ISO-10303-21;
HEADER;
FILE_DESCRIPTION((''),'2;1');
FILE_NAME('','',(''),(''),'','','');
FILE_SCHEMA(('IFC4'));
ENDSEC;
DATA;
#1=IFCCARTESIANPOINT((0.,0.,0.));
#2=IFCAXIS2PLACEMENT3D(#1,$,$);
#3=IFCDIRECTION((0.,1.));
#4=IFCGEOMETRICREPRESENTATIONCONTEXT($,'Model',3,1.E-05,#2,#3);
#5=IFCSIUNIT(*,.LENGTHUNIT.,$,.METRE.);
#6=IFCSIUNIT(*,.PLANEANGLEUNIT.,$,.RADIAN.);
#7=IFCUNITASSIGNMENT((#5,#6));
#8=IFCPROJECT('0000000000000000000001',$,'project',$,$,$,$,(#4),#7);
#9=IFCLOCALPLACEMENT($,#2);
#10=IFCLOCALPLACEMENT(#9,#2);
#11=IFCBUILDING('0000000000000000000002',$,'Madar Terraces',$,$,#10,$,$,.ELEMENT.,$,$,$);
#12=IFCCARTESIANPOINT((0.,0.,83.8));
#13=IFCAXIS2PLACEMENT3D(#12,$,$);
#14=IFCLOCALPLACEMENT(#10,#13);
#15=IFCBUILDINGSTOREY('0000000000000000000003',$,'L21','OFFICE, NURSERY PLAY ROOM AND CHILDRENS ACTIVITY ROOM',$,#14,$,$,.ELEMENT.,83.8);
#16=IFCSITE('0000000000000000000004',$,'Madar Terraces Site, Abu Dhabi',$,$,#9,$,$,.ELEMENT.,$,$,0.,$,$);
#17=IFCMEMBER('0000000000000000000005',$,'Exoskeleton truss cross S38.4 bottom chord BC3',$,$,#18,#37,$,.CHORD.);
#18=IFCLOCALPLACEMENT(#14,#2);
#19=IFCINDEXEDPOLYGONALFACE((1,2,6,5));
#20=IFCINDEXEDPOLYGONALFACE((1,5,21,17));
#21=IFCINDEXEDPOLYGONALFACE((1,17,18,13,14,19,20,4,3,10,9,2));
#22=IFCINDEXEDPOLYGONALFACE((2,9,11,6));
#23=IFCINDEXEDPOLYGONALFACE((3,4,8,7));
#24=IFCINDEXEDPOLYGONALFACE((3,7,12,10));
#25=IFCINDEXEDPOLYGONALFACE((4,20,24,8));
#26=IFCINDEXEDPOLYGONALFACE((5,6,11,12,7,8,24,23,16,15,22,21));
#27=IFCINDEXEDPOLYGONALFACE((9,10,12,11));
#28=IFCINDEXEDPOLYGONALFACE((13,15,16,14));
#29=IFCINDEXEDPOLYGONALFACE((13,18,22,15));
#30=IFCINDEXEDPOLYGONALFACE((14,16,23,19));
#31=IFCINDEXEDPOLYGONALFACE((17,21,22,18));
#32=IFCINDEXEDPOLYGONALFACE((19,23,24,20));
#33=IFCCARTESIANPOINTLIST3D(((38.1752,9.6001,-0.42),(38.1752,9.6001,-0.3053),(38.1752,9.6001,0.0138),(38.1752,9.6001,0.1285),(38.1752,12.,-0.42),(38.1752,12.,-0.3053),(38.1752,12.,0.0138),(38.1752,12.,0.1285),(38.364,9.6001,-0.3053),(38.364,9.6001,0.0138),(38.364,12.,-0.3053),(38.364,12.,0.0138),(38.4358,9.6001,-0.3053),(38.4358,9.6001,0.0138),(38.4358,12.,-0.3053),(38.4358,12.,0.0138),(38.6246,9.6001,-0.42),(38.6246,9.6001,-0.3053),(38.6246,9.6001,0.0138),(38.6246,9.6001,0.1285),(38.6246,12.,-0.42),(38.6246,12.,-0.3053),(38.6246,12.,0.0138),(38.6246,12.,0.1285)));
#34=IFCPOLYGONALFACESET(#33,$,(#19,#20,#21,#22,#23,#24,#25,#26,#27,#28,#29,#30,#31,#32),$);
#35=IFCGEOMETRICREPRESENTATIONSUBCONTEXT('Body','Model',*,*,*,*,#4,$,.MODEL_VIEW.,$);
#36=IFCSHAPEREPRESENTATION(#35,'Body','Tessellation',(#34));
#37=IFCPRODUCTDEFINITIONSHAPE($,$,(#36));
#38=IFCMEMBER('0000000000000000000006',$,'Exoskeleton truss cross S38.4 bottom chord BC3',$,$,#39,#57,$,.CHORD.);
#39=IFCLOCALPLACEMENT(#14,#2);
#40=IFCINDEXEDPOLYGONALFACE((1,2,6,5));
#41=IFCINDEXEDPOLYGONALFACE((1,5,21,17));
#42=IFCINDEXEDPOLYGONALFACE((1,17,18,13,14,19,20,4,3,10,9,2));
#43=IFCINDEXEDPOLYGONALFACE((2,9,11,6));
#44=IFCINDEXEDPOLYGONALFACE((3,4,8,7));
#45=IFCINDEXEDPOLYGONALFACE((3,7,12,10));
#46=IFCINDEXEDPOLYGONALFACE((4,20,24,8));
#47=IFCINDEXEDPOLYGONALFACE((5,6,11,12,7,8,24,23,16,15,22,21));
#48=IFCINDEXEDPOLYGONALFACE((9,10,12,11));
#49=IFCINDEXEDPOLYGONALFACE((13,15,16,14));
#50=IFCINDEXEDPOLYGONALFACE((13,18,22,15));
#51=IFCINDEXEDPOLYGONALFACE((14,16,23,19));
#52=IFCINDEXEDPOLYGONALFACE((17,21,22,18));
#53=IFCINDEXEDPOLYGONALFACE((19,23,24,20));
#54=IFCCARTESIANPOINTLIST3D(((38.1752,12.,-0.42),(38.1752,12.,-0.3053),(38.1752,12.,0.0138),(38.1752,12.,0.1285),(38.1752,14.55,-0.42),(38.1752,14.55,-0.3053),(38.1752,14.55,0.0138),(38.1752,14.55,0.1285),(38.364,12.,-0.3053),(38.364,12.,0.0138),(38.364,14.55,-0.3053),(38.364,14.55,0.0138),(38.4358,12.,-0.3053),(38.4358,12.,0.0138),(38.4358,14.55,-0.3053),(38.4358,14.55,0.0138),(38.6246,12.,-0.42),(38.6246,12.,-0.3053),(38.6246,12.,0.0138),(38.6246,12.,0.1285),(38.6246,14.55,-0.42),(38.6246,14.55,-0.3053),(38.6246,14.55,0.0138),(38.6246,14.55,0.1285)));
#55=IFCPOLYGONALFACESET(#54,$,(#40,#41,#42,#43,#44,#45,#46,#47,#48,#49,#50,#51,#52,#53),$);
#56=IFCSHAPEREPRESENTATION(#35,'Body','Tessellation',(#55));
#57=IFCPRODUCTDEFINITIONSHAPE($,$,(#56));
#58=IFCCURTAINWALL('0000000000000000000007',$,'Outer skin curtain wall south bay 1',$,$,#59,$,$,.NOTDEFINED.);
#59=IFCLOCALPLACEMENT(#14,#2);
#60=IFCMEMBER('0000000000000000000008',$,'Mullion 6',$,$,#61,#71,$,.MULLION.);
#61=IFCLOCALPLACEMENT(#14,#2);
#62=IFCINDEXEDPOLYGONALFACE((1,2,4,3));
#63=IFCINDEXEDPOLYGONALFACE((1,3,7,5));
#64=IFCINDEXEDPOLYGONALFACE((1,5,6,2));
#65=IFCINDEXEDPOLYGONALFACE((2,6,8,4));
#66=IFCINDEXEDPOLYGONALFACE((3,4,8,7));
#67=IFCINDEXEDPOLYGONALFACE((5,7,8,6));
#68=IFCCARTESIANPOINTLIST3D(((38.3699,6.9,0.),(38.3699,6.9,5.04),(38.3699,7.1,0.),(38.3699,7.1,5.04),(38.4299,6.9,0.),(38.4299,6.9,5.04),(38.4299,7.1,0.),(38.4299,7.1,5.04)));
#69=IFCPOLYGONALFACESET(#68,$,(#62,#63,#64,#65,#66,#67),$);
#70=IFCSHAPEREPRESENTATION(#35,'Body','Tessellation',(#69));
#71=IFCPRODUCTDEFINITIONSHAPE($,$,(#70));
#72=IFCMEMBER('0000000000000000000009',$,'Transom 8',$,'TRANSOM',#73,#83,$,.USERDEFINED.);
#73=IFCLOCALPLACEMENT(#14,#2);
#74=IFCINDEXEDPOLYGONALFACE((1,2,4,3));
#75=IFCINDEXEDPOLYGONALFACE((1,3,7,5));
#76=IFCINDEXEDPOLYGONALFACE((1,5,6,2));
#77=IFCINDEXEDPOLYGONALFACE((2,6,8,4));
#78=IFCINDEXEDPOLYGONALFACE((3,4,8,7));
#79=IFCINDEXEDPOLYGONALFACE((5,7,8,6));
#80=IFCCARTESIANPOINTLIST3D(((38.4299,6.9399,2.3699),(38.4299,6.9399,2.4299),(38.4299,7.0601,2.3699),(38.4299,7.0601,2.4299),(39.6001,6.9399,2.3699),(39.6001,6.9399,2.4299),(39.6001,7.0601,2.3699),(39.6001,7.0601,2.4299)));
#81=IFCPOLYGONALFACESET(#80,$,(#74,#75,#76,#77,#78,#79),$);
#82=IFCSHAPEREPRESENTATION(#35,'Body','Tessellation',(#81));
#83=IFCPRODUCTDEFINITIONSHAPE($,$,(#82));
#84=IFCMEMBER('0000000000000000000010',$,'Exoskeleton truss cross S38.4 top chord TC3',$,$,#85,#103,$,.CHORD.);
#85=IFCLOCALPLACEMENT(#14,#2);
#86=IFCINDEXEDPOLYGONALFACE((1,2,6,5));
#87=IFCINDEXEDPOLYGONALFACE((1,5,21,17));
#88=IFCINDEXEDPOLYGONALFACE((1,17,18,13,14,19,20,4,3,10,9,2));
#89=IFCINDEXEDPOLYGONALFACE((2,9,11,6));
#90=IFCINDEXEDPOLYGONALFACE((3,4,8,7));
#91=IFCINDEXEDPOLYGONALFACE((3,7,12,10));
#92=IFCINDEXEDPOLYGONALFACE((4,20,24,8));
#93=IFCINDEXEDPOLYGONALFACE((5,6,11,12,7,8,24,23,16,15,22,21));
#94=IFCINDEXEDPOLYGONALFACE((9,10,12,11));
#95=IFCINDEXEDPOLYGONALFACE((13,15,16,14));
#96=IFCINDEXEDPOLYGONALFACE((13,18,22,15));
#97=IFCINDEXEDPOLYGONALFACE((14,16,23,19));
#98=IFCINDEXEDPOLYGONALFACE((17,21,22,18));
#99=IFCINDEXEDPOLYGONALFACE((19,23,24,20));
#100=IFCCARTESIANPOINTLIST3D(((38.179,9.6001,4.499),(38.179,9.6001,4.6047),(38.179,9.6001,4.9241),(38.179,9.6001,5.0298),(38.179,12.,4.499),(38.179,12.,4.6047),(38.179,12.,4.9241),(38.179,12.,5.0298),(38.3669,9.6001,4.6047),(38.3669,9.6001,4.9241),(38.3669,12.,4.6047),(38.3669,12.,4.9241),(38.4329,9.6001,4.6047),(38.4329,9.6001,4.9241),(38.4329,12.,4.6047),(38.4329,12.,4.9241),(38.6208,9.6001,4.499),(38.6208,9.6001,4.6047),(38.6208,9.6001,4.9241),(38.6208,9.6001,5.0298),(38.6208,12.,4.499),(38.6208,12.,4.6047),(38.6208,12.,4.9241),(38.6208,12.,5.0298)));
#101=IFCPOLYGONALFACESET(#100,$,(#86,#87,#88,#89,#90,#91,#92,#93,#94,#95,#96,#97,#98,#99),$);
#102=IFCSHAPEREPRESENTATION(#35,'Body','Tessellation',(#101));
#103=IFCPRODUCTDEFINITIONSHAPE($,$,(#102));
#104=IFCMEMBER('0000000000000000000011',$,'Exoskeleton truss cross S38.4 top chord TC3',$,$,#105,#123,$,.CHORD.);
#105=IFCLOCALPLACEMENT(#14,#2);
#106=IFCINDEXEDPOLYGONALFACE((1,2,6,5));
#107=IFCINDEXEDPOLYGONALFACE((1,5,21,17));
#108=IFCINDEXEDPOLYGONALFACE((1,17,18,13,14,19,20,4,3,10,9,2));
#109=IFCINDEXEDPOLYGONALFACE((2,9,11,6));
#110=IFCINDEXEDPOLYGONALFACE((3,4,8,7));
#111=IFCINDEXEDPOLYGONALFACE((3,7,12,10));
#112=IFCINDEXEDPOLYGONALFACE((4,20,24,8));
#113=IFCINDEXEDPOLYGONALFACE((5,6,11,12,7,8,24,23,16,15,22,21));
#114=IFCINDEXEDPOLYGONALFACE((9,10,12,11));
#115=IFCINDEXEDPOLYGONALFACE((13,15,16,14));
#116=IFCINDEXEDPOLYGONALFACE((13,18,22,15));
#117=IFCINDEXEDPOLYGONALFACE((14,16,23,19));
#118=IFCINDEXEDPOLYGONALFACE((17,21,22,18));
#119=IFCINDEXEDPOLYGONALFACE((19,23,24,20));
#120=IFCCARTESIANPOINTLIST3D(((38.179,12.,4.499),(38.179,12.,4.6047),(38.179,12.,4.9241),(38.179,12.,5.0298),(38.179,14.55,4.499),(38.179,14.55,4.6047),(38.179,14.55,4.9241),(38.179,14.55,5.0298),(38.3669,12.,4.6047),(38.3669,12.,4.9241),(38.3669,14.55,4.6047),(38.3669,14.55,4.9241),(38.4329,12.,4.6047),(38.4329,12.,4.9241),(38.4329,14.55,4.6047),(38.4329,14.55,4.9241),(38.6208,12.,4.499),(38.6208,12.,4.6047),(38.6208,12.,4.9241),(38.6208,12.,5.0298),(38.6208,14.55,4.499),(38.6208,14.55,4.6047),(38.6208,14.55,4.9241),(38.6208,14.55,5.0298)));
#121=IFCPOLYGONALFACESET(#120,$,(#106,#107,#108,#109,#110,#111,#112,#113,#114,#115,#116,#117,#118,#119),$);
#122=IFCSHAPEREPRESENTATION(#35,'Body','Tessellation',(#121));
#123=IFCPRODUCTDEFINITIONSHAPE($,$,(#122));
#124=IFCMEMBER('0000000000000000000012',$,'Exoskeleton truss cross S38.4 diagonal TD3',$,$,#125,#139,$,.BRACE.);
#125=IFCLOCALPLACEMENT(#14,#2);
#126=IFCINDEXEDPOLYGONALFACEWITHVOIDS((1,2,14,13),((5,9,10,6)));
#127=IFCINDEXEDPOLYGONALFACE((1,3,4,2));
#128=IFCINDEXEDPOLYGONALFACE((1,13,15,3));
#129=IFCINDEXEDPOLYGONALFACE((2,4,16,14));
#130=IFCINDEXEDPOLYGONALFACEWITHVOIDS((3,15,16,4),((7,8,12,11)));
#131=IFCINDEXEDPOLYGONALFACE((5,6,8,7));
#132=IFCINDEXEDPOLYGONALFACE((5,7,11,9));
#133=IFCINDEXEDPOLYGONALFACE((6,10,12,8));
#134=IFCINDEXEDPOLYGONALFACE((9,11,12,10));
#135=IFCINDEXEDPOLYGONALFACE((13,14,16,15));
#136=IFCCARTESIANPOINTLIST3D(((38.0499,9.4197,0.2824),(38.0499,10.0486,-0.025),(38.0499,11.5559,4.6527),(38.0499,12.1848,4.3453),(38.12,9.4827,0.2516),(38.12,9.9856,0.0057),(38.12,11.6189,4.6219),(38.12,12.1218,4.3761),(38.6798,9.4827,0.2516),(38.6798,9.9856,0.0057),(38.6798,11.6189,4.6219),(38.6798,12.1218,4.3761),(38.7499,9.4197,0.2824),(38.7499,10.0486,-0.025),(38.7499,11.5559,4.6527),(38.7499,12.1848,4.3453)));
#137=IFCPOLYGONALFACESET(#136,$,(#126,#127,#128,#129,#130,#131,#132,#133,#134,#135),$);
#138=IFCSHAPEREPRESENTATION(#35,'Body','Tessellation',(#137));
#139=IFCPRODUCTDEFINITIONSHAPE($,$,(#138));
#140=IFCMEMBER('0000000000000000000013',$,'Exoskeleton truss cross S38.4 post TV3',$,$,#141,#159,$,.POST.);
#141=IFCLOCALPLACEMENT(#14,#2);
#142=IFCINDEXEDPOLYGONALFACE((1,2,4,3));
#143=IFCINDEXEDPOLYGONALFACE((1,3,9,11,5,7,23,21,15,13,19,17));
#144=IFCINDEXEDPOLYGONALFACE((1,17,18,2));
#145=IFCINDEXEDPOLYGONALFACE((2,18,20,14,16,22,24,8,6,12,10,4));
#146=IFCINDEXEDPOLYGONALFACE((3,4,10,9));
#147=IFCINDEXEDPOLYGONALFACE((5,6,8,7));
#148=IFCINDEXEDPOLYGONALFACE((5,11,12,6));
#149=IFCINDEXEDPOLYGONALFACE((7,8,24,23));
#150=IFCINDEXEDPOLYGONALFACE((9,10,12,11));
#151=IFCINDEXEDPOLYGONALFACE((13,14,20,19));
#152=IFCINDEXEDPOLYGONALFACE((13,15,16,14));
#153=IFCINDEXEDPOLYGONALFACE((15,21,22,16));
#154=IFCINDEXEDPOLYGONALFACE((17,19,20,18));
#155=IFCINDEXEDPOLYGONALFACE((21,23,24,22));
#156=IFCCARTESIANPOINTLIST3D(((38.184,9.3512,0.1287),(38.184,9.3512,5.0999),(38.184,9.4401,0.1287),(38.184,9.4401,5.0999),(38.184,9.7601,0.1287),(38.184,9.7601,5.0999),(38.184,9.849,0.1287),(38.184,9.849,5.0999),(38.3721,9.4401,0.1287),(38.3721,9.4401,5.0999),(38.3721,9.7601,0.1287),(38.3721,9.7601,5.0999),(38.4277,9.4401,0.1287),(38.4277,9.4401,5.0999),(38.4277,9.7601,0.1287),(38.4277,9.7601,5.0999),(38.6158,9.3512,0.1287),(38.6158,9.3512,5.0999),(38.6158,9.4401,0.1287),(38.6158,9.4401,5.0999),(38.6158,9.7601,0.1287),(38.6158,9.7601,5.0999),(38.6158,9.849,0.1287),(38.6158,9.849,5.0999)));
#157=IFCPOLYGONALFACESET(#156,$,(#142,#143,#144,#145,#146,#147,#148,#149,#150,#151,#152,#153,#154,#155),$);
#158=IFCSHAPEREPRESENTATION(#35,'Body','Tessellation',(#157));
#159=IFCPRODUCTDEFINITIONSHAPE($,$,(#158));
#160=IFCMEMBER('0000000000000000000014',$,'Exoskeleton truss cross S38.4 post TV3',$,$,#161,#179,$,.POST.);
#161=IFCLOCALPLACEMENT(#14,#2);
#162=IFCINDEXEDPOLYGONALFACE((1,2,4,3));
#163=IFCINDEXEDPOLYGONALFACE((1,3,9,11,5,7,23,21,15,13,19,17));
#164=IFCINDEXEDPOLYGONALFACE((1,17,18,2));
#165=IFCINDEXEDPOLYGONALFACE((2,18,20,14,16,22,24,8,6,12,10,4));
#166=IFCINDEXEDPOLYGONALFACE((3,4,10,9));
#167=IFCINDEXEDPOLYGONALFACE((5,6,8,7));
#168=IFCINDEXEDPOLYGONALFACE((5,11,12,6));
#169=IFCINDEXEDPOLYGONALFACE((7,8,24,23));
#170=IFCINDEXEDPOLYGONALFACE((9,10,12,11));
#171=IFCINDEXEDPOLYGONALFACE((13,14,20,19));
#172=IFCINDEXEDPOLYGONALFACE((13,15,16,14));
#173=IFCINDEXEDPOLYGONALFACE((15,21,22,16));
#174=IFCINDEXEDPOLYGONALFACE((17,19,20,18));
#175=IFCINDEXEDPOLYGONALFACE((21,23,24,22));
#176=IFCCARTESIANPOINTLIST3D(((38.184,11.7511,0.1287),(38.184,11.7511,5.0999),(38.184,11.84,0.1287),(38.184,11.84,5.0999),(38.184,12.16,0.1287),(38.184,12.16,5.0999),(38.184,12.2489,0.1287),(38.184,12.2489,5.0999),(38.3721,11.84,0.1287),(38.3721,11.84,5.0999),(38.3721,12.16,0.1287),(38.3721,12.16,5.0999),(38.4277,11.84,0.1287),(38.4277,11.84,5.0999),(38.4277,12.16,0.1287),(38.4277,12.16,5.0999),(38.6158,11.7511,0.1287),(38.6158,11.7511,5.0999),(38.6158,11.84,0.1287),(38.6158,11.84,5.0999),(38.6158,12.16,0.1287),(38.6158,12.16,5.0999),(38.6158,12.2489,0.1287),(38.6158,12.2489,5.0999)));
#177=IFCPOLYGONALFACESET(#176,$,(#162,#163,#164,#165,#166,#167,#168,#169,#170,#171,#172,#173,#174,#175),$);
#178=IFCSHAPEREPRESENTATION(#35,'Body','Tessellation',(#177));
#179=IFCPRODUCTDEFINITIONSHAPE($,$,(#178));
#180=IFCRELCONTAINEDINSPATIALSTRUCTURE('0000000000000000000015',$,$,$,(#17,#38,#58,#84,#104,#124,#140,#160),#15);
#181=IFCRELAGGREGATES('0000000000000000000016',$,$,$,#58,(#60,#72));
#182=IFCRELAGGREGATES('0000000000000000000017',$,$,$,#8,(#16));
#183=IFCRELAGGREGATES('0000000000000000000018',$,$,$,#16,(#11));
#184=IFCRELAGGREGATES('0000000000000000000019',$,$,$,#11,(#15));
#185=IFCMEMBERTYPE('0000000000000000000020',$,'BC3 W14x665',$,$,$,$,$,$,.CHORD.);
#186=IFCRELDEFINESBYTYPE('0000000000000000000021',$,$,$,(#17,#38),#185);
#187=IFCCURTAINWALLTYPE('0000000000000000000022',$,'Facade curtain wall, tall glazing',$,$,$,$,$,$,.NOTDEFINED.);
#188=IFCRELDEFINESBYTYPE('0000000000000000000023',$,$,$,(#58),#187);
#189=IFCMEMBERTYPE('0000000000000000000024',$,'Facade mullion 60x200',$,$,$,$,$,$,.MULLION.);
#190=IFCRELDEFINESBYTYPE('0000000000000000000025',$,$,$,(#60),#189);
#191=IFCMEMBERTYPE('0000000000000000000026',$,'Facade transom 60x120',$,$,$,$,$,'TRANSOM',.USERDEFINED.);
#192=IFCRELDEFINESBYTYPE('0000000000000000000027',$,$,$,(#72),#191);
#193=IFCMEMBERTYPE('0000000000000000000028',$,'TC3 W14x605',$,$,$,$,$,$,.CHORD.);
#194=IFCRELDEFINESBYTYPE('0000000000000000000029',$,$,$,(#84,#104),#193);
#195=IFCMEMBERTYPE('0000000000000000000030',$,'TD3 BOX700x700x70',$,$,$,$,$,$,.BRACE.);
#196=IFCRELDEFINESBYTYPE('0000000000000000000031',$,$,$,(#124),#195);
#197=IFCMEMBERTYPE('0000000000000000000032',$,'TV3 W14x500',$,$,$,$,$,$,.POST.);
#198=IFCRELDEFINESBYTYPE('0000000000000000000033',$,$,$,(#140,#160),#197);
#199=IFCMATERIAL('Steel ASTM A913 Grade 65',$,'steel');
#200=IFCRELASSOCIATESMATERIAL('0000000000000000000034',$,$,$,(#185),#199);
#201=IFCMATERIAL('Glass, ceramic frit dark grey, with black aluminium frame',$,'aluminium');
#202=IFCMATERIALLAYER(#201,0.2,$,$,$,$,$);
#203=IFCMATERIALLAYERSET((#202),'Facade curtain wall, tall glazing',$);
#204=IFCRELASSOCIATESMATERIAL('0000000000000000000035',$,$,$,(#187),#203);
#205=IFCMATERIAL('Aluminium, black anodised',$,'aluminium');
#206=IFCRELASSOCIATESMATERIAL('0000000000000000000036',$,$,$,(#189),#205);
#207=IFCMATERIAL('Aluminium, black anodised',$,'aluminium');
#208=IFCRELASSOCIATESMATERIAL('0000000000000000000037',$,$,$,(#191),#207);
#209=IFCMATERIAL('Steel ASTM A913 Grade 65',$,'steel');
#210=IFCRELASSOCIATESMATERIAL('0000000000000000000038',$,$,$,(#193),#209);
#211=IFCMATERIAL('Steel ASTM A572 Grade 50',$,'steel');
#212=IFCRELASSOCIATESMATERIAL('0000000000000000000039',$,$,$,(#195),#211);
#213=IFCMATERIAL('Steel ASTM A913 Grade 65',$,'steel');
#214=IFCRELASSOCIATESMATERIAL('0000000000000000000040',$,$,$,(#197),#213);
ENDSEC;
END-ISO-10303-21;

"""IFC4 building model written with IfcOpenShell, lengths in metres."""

from ifc_helpers import new_model, si_unit, direction, frame, origin, origin_2d, place, context, subcontext, project, spatial, rectangle, hollow_rectangle, i_section, extrude, material, layer, layer_set, material_profile, profile_set, type_object, element, aggregate, save


model = new_model("IFC4")

# Units and contexts
model_context = context("Model", 3, precision=1e-05, world=origin(), true_north=direction((0.0, 1.0)))
body_context = subcontext(model_context, "Body", "Model", "MODEL_VIEW")
ifc_project = project(units=[si_unit("LENGTHUNIT", "METRE"), si_unit("PLANEANGLEUNIT", "RADIAN")], contexts=[model_context])

# Site, building, storey
site_placement = place(None, origin())
site = spatial("IfcSite", under=ifc_project, at=site_placement, Name="Madar Terraces Site, Abu Dhabi", CompositionType="ELEMENT", RefElevation=0.0)
building_placement = place(site_placement, origin())
building = spatial("IfcBuilding", under=site, at=building_placement, Name="Madar Terraces", CompositionType="ELEMENT")
storey_placement = place(building_placement, frame((0.0, 0.0, 83.8)))
storey = spatial("IfcBuildingStorey", under=building, at=storey_placement, Name="L21", Description="OFFICE, NURSERY PLAY ROOM AND CHILDRENS ACTIVITY ROOM", CompositionType="ELEMENT", Elevation=83.8)

# Members
ifc_material_1 = material(Name="Steel ASTM A913 Grade 65", Category="steel")
ifc_material_profile_1 = material_profile(ifc_material_1, i_section(OverallWidth=0.4495, OverallDepth=0.5486, WebThickness=0.0718, FlangeThickness=0.1147, at=origin_2d()), Name="W14x665")
ifc_profile_set_1 = profile_set([ifc_material_profile_1], Name="Steel ASTM A913 Grade 65")
member_type_1 = type_object("IfcMemberType", Name="BC3 W14x665", PredefinedType="CHORD", material=ifc_profile_set_1)
member_1_placement = place(storey_placement, frame((38.3999, 9.6001, -0.1458), z_axis=(0.0, 1.0, 0.0), x_axis=(-1.0, 0.0, 0.0)))
element("IfcMember", 1, at=member_1_placement, inside=storey, type_object=member_type_1, Name="Exoskeleton truss cross S38.4 bottom chord BC3", PredefinedType="CHORD", context=body_context, shape_type="SweptSolid", body=[
    extrude(i_section(OverallWidth=0.4495, OverallDepth=0.5486, WebThickness=0.0718, FlangeThickness=0.1147, at=origin_2d()), origin(), (0.0, 0.0, 1.0), 2.3999),
])
member_2_placement = place(storey_placement, frame((38.3999, 12.0, -0.1458), z_axis=(0.0, 1.0, 0.0), x_axis=(-1.0, 0.0, 0.0)))
element("IfcMember", 2, at=member_2_placement, inside=storey, type_object=member_type_1, Name="Exoskeleton truss cross S38.4 bottom chord BC3", PredefinedType="CHORD", context=body_context, shape_type="SweptSolid", body=[
    extrude(i_section(OverallWidth=0.4495, OverallDepth=0.5486, WebThickness=0.0718, FlangeThickness=0.1147, at=origin_2d()), origin(), (0.0, 0.0, 1.0), 2.55),
])

# Curtain wall, members
ifc_material_2 = material(Name="Glass, ceramic frit dark grey, with black aluminium frame", Category="aluminium")
ifc_layer_1 = layer(ifc_material_2, 0.2)
ifc_layer_set_1 = layer_set([ifc_layer_1], Name="Facade curtain wall, tall glazing")
curtain_wall_type = type_object("IfcCurtainWallType", Name="Facade curtain wall, tall glazing", PredefinedType="NOTDEFINED", material=ifc_layer_set_1)
curtain_wall_placement = place(storey_placement, origin())
curtain_wall = element("IfcCurtainWall", 3, at=curtain_wall_placement, inside=storey, type_object=curtain_wall_type, Name="Outer skin curtain wall south bay 1", PredefinedType="NOTDEFINED")
ifc_material_3 = material(Name="Aluminium, black anodised", Category="aluminium")
ifc_material_profile_2 = material_profile(ifc_material_3, rectangle(XDim=0.2, YDim=0.0601, at=origin_2d()), Name="Facade mullion 60x200")
ifc_profile_set_2 = profile_set([ifc_material_profile_2], Name="Aluminium, black anodised")
member_type_2 = type_object("IfcMemberType", Name="Facade mullion 60x200", PredefinedType="MULLION", material=ifc_profile_set_2)
member_3_placement = place(storey_placement, frame((38.3999, 7.0, 0.0), z_axis=(0.0, 0.0, 1.0), x_axis=(0.0, 1.0, 0.0)))
member_3 = element("IfcMember", 4, at=member_3_placement, type_object=member_type_2, Name="Mullion 6", PredefinedType="MULLION", context=body_context, shape_type="SweptSolid", body=[
    extrude(rectangle(XDim=0.2, YDim=0.0601, at=origin_2d()), origin(), (0.0, 0.0, 1.0), 5.04),
])
ifc_material_4 = material(Name="Aluminium, black anodised", Category="aluminium")
ifc_material_profile_3 = material_profile(ifc_material_4, rectangle(XDim=0.1201, YDim=0.0601, at=origin_2d()), Name="Facade transom 60x120")
ifc_profile_set_3 = profile_set([ifc_material_profile_3], Name="Aluminium, black anodised")
member_type_3 = type_object("IfcMemberType", Name="Facade transom 60x120", ElementType="TRANSOM", PredefinedType="USERDEFINED", material=ifc_profile_set_3)
member_4_placement = place(storey_placement, frame((38.4299, 7.0, 2.3999), z_axis=(1.0, 0.0, 0.0), x_axis=(0.0, 1.0, 0.0)))
member_4 = element("IfcMember", 5, at=member_4_placement, type_object=member_type_3, Name="Transom 8", ObjectType="TRANSOM", PredefinedType="USERDEFINED", context=body_context, shape_type="SweptSolid", body=[
    extrude(rectangle(XDim=0.1201, YDim=0.0601, at=origin_2d()), origin(), (0.0, 0.0, 1.0), 1.1702),
])

# Members
ifc_material_5 = material(Name="Steel ASTM A913 Grade 65", Category="steel")
ifc_material_profile_4 = material_profile(ifc_material_5, i_section(OverallWidth=0.4419, OverallDepth=0.5308, WebThickness=0.0659, FlangeThickness=0.1057, at=origin_2d()), Name="W14x605")
ifc_profile_set_4 = profile_set([ifc_material_profile_4], Name="Steel ASTM A913 Grade 65")
member_type_4 = type_object("IfcMemberType", Name="TC3 W14x605", PredefinedType="CHORD", material=ifc_profile_set_4)
member_5_placement = place(storey_placement, frame((38.3999, 9.6001, 4.7644), z_axis=(0.0, 1.0, 0.0), x_axis=(-1.0, 0.0, 0.0)))
element("IfcMember", 6, at=member_5_placement, inside=storey, type_object=member_type_4, Name="Exoskeleton truss cross S38.4 top chord TC3", PredefinedType="CHORD", context=body_context, shape_type="SweptSolid", body=[
    extrude(i_section(OverallWidth=0.4419, OverallDepth=0.5308, WebThickness=0.0659, FlangeThickness=0.1057, at=origin_2d()), origin(), (0.0, 0.0, 1.0), 2.3999),
])
member_6_placement = place(storey_placement, frame((38.3999, 12.0, 4.7644), z_axis=(0.0, 1.0, 0.0), x_axis=(-1.0, 0.0, 0.0)))
element("IfcMember", 7, at=member_6_placement, inside=storey, type_object=member_type_4, Name="Exoskeleton truss cross S38.4 top chord TC3", PredefinedType="CHORD", context=body_context, shape_type="SweptSolid", body=[
    extrude(i_section(OverallWidth=0.4419, OverallDepth=0.5308, WebThickness=0.0659, FlangeThickness=0.1057, at=origin_2d()), origin(), (0.0, 0.0, 1.0), 2.55),
])
ifc_material_6 = material(Name="Steel ASTM A572 Grade 50", Category="steel")
ifc_material_profile_5 = material_profile(ifc_material_6, hollow_rectangle(XDim=0.7, YDim=0.7, WallThickness=0.0701, at=origin_2d()), Name="BOX700x700x70")
ifc_profile_set_5 = profile_set([ifc_material_profile_5], Name="Steel ASTM A572 Grade 50")
member_type_5 = type_object("IfcMemberType", Name="TD3 BOX700x700x70", PredefinedType="BRACE", material=ifc_profile_set_5)
member_7_placement = place(storey_placement, frame((38.3999, 9.7341, 0.1287), z_axis=(0.0, 0.439145, 0.898416), x_axis=(-1.0, 0.0, 0.0)))
element("IfcMember", 8, at=member_7_placement, inside=storey, type_object=member_type_5, Name="Exoskeleton truss cross S38.4 diagonal TD3", PredefinedType="BRACE", context=body_context, shape_type="SweptSolid", body=[
    extrude(hollow_rectangle(XDim=0.7, YDim=0.7, WallThickness=0.0701, at=origin_2d()), origin(), (0.0, 0.0, 1.0), 4.8645),
])
ifc_material_7 = material(Name="Steel ASTM A913 Grade 65", Category="steel")
ifc_material_profile_6 = material_profile(ifc_material_7, i_section(OverallWidth=0.4319, OverallDepth=0.4978, WebThickness=0.0557, FlangeThickness=0.0889, at=origin_2d()), Name="W14x500")
ifc_profile_set_6 = profile_set([ifc_material_profile_6], Name="Steel ASTM A913 Grade 65")
member_type_6 = type_object("IfcMemberType", Name="TV3 W14x500", PredefinedType="POST", material=ifc_profile_set_6)
for number, where, z_axis, x_axis, name in (
    (9, (38.3999, 9.6001, 0.1287), (0.0, 0.0, 1.0), (-1.0, 0.0, 0.0), "Exoskeleton truss cross S38.4 post TV3"),
    (10, (38.3999, 12.0, 0.1287), (0.0, 0.0, 1.0), (-1.0, 0.0, 0.0), "Exoskeleton truss cross S38.4 post TV3"),
):
    element("IfcMember", number, at=place(storey_placement, frame(where, z_axis=z_axis, x_axis=x_axis)), inside=storey, type_object=member_type_6, Name=name, PredefinedType="POST", context=body_context, shape_type="SweptSolid", body=[
        extrude(i_section(OverallWidth=0.4319, OverallDepth=0.4978, WebThickness=0.0557, FlangeThickness=0.0889, at=origin_2d()), origin(), (0.0, 0.0, 1.0), 4.9712),
    ])

aggregate(curtain_wall, [member_3, member_4])

save(model, "model.ifc")
